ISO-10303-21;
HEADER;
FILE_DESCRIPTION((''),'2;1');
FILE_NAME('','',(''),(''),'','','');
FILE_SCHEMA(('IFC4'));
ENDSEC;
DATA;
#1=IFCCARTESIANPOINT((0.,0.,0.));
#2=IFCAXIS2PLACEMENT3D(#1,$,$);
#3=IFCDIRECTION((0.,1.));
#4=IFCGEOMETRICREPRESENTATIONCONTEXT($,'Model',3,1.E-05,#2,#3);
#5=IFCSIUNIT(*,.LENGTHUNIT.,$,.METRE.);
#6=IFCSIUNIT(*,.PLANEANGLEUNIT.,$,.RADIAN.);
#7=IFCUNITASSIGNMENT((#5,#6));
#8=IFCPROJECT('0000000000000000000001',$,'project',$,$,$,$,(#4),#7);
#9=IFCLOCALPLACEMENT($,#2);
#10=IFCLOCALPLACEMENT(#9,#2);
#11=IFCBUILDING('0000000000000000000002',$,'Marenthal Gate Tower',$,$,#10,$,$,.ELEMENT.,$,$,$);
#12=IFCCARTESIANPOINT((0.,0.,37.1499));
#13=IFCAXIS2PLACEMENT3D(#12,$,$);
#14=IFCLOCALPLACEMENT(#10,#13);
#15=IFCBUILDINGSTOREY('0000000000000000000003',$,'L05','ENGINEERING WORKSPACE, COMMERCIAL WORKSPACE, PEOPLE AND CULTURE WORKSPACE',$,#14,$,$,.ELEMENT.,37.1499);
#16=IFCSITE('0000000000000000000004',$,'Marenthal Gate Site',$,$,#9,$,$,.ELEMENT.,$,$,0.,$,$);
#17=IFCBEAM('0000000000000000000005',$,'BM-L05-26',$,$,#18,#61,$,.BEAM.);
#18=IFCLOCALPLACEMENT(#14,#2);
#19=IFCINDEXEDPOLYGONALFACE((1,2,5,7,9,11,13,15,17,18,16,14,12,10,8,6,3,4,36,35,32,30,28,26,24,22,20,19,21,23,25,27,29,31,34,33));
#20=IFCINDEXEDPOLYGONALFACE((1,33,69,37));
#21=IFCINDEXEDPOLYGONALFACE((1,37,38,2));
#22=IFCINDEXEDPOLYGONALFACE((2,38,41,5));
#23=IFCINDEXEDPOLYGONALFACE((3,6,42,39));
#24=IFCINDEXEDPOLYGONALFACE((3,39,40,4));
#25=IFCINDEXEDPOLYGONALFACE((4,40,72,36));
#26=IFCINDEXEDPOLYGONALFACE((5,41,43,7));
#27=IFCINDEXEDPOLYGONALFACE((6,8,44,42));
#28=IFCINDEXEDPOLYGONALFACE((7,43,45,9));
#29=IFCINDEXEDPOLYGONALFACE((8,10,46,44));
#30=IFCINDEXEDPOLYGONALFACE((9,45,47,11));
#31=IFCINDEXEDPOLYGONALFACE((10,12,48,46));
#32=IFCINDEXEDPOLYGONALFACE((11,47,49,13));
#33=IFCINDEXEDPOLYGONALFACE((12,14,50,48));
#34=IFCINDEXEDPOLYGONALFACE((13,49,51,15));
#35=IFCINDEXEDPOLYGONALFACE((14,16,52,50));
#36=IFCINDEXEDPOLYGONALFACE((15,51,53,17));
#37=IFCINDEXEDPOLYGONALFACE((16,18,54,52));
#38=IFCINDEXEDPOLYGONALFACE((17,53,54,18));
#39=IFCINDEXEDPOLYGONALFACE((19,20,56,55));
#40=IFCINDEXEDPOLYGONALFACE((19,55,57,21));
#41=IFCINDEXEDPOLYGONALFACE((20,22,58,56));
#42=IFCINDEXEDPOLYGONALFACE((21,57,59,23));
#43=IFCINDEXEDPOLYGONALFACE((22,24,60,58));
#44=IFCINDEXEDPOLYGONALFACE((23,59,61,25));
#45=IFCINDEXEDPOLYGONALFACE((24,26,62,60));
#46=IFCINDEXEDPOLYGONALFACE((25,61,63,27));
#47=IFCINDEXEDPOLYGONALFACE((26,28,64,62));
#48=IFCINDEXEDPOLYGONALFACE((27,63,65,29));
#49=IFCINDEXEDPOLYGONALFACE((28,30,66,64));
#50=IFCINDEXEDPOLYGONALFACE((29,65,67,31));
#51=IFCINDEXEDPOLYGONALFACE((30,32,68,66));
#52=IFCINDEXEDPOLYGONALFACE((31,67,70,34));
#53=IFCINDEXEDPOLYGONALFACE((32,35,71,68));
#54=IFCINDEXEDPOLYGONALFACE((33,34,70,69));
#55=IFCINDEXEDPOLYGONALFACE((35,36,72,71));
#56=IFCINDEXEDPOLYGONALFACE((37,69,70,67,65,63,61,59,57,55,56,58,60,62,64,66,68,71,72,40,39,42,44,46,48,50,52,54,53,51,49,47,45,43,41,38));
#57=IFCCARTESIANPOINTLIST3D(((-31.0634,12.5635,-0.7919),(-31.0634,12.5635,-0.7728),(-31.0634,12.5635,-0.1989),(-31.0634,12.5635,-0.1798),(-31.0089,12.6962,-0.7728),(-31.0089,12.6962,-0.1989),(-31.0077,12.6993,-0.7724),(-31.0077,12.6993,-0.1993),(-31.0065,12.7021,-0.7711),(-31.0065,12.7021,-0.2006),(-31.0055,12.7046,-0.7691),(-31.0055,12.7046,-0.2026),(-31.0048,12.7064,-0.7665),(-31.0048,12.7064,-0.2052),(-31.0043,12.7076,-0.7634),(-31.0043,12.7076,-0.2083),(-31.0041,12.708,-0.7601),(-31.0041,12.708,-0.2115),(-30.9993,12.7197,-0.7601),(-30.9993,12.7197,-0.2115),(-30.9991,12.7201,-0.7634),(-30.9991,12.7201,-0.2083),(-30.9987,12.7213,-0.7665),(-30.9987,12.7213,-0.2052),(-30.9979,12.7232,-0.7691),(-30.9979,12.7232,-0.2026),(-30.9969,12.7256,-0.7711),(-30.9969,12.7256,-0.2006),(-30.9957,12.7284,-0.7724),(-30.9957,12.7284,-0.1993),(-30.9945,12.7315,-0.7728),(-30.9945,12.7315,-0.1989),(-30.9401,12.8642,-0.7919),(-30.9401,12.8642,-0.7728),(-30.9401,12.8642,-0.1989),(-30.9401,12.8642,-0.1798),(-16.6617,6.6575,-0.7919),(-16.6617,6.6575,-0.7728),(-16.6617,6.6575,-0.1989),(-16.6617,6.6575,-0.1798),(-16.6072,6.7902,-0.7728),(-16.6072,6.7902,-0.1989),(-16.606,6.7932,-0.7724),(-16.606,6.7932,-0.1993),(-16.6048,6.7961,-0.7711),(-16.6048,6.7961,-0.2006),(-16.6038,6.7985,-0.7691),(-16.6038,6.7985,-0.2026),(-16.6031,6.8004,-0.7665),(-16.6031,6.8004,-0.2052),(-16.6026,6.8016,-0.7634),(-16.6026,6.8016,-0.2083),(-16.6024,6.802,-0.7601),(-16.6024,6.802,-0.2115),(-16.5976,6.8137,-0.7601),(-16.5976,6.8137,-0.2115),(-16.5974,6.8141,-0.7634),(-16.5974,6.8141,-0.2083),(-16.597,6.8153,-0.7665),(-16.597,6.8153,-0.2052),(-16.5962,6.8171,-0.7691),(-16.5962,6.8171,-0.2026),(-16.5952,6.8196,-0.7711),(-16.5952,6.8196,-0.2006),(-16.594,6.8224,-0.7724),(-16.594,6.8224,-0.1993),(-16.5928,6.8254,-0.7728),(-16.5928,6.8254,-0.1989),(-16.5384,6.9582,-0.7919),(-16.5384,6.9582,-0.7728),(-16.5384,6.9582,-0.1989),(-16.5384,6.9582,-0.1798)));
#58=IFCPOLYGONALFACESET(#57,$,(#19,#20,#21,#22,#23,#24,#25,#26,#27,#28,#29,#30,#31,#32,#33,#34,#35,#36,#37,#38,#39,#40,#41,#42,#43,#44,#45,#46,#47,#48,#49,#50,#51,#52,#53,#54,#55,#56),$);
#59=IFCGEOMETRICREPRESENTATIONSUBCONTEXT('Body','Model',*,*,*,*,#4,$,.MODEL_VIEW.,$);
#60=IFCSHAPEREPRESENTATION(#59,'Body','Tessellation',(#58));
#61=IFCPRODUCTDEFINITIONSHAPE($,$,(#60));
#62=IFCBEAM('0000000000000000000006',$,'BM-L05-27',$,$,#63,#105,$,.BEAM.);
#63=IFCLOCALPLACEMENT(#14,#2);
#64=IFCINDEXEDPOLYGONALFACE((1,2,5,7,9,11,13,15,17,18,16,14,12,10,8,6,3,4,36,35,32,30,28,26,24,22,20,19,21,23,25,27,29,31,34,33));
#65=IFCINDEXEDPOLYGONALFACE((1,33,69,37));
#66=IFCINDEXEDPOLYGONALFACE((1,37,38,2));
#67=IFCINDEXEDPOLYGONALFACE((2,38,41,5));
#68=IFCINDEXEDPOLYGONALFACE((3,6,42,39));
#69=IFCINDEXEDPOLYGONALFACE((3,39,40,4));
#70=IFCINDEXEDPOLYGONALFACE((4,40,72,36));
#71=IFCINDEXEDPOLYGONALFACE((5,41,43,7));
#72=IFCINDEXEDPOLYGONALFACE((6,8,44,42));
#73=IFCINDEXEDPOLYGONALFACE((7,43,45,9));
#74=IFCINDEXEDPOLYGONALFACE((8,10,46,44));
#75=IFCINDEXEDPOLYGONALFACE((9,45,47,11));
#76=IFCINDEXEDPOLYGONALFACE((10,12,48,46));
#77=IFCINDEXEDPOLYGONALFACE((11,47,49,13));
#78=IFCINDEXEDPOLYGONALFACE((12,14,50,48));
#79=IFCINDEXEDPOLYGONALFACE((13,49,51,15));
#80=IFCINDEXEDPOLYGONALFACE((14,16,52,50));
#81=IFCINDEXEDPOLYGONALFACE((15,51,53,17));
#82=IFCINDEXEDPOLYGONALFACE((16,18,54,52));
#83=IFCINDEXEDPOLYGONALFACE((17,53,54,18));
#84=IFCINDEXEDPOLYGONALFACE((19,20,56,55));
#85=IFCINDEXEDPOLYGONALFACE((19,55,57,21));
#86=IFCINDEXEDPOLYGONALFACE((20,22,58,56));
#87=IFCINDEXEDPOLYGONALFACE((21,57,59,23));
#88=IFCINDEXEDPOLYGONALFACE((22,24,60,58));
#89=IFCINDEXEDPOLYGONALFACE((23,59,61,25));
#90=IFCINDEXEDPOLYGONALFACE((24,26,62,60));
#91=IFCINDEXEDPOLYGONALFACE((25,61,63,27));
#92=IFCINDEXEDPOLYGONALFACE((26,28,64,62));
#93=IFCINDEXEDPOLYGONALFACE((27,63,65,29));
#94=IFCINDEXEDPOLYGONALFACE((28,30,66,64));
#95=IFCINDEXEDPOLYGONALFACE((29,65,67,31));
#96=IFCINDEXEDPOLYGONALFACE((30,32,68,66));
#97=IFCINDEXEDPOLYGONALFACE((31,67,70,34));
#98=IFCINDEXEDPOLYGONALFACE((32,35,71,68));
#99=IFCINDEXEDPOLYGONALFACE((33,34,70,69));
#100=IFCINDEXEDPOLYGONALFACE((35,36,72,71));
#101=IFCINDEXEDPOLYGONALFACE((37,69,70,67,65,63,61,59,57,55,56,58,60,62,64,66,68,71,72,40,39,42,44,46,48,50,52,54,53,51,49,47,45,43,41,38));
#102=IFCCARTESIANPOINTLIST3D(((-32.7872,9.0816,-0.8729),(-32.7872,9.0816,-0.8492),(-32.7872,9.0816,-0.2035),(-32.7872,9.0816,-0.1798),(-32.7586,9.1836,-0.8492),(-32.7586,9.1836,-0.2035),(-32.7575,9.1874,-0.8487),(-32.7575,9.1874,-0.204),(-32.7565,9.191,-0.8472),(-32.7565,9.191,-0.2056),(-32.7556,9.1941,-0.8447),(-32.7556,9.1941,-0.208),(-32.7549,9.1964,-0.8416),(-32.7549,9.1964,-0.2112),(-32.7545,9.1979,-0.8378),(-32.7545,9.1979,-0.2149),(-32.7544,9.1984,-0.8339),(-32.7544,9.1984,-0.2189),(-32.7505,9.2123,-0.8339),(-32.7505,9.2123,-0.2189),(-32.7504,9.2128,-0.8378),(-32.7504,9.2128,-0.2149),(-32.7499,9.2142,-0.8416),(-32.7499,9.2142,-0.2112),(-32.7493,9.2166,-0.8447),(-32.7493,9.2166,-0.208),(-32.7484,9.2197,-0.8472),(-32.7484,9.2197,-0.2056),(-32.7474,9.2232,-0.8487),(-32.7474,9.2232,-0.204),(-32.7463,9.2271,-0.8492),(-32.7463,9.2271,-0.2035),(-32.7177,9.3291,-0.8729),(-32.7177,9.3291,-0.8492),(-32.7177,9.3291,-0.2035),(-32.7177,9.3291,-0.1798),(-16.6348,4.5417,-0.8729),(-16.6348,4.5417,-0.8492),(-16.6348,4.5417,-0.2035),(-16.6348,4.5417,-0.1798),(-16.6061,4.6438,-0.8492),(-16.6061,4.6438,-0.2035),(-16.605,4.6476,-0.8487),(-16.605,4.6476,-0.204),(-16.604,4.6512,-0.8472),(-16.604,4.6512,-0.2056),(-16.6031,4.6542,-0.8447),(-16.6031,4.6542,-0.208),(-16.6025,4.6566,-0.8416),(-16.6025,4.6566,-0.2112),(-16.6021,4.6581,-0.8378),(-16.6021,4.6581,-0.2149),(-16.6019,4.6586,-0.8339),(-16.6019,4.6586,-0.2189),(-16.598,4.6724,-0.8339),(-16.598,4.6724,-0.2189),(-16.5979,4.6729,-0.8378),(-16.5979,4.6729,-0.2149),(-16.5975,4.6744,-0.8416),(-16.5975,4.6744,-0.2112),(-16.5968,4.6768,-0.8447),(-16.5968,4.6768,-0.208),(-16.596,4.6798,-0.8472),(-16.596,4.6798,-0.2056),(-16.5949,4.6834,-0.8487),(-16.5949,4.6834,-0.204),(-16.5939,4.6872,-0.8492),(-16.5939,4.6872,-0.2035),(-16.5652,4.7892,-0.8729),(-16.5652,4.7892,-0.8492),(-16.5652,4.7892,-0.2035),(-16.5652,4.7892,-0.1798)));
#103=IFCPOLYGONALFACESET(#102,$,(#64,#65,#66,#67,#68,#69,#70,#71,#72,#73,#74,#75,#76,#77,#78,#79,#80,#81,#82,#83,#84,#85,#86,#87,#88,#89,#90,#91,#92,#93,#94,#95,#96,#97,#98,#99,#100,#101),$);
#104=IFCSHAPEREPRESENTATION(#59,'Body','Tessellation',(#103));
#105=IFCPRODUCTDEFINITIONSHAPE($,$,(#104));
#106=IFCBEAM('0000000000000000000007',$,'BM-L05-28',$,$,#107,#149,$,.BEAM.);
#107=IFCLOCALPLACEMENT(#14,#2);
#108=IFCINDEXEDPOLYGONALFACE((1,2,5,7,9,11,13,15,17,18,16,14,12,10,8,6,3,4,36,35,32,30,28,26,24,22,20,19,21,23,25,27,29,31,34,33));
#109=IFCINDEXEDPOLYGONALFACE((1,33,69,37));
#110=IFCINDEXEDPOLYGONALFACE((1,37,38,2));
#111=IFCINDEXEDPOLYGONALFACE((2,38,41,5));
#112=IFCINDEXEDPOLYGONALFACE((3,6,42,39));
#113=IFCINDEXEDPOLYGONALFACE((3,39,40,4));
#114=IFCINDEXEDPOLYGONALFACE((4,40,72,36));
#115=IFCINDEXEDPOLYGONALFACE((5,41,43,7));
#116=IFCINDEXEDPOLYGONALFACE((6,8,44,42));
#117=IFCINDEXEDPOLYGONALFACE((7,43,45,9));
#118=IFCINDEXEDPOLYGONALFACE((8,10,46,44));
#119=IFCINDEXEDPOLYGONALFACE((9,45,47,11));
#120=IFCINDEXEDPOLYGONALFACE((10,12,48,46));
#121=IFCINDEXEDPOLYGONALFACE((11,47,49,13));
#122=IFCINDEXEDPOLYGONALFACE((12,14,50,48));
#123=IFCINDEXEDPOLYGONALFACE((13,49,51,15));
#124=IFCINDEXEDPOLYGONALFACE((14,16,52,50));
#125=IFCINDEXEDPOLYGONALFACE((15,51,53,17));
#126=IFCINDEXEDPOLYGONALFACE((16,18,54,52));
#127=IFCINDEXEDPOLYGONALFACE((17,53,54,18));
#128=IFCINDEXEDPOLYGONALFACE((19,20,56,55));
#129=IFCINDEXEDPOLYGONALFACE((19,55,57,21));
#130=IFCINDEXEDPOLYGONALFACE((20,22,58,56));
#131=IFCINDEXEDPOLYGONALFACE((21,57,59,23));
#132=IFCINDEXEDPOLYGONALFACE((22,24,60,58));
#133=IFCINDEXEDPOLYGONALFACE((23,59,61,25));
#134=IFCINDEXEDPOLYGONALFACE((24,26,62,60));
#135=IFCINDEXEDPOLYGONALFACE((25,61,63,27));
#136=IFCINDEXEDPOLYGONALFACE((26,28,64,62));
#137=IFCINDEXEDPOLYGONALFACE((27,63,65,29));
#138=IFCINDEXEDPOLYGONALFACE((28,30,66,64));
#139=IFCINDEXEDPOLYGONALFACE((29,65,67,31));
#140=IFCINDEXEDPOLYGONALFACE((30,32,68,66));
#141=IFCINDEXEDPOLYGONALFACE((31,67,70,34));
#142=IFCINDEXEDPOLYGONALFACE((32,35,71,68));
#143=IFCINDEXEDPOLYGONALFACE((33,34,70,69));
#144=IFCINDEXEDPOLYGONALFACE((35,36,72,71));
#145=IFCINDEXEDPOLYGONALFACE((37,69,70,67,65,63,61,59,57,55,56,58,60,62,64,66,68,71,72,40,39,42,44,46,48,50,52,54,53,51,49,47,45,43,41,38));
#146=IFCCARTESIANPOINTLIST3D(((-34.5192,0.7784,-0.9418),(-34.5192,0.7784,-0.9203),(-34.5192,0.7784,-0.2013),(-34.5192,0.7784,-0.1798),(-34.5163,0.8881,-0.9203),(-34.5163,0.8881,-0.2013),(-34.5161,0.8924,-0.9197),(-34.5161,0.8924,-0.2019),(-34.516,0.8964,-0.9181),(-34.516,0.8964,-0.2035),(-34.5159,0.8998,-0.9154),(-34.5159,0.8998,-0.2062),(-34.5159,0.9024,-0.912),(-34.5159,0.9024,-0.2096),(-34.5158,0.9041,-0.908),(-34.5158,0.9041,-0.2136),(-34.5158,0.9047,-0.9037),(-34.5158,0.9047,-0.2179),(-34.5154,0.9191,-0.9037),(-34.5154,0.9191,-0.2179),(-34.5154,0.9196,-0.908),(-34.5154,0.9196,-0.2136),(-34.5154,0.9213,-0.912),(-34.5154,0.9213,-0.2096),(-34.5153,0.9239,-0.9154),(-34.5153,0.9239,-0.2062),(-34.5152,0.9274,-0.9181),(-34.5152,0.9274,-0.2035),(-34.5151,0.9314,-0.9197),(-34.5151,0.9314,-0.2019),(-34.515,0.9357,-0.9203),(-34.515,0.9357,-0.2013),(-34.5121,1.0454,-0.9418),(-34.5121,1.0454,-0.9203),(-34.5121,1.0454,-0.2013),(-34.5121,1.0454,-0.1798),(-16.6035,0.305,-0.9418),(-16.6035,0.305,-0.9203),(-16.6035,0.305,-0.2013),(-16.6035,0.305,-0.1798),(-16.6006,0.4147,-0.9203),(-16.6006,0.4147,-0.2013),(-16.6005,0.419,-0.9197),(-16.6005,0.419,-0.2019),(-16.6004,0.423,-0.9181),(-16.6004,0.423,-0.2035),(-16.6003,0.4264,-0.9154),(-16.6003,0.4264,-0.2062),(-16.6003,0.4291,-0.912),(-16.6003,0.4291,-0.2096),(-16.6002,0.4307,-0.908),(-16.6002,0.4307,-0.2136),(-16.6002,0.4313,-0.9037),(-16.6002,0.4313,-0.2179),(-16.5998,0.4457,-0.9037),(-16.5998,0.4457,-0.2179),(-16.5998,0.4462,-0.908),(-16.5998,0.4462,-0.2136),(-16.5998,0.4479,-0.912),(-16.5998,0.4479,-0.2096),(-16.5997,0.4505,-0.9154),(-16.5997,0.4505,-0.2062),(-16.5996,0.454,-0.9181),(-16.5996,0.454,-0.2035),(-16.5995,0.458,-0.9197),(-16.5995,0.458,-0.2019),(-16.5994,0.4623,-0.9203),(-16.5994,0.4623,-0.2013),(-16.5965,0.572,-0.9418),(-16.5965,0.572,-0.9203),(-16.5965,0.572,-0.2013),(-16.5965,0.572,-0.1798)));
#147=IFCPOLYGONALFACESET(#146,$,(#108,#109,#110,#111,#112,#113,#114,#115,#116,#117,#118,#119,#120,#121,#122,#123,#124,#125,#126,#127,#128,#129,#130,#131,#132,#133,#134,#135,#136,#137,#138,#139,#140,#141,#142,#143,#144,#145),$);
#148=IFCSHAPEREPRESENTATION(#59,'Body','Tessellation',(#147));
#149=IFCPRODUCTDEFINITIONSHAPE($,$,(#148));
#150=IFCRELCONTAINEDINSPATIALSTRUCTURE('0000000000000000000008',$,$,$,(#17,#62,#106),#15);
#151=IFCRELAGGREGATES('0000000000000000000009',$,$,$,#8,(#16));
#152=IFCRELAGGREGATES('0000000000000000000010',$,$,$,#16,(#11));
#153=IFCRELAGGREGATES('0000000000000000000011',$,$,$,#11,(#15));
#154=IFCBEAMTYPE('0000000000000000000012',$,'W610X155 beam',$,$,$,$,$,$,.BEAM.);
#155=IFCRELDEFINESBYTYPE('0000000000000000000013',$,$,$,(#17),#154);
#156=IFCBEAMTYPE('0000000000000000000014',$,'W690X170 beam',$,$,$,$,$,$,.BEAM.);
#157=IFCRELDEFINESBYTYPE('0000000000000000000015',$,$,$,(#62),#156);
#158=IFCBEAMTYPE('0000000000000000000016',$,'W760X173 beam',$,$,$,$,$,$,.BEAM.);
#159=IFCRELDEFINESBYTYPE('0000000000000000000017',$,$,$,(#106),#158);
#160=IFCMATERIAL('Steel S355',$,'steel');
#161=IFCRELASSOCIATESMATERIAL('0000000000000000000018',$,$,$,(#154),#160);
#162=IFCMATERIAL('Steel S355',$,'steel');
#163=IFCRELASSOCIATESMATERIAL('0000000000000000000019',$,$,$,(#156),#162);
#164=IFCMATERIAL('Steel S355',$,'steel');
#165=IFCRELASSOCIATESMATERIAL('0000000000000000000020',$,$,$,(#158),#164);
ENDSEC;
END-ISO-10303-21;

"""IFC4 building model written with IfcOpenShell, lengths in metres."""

from ifc_helpers import new_model, si_unit, direction, frame, origin, origin_2d, place, context, subcontext, project, spatial, i_section, extrude, material, material_profile, profile_set, type_object, element, save


model = new_model("IFC4")

# Units and contexts
model_context = context("Model", 3, precision=1e-05, world=origin(), true_north=direction((0.0, 1.0)))
body_context = subcontext(model_context, "Body", "Model", "MODEL_VIEW")
ifc_project = project(units=[si_unit("LENGTHUNIT", "METRE"), si_unit("PLANEANGLEUNIT", "RADIAN")], contexts=[model_context])

# Site, building, storey
site_placement = place(None, origin())
site = spatial("IfcSite", under=ifc_project, at=site_placement, Name="Marenthal Gate Site", CompositionType="ELEMENT", RefElevation=0.0)
building_placement = place(site_placement, origin())
building = spatial("IfcBuilding", under=site, at=building_placement, Name="Marenthal Gate Tower", CompositionType="ELEMENT")
storey_placement = place(building_placement, frame((0.0, 0.0, 37.1499)))
storey = spatial("IfcBuildingStorey", under=building, at=storey_placement, Name="L05", Description="ENGINEERING WORKSPACE, COMMERCIAL WORKSPACE, PEOPLE AND CULTURE WORKSPACE", CompositionType="ELEMENT", Elevation=37.1499)

# Beams
ifc_material_1 = material(Name="Steel S355", Category="steel")
ifc_material_profile_1 = material_profile(ifc_material_1, i_section(OverallWidth=0.325, OverallDepth=0.6121, WebThickness=0.0127, FlangeThickness=0.019, FilletRadius=0.0127, at=origin_2d()), Name="W610X155")
ifc_profile_set_1 = profile_set([ifc_material_profile_1], Name="Steel S355")
beam_type_1 = type_object("IfcBeamType", Name="W610X155 beam", PredefinedType="BEAM", material=ifc_profile_set_1)
beam_1_placement = place(storey_placement, frame((-31.0017, 12.7139, -0.4858), z_axis=(0.925222, -0.379427, 0.0), x_axis=(0.379427, 0.925222, 0.0)))
element("IfcBeam", 1, at=beam_1_placement, inside=storey, type_object=beam_type_1, Name="BM-L05-26", PredefinedType="BEAM", context=body_context, shape_type="SweptSolid", body=[
    extrude(i_section(OverallWidth=0.325, OverallDepth=0.6121, WebThickness=0.0127, FlangeThickness=0.019, FilletRadius=0.0127, at=origin_2d()), origin(), (0.0, 0.0, 1.0), 15.5657),
])
ifc_material_2 = material(Name="Steel S355", Category="steel")
ifc_material_profile_2 = material_profile(ifc_material_2, i_section(OverallWidth=0.2571, OverallDepth=0.6931, WebThickness=0.0144, FlangeThickness=0.0237, FilletRadius=0.0154, at=origin_2d()), Name="W690X170")
ifc_profile_set_2 = profile_set([ifc_material_profile_2], Name="Steel S355")
beam_type_2 = type_object("IfcBeamType", Name="W690X170 beam", PredefinedType="BEAM", material=ifc_profile_set_2)
beam_2_placement = place(storey_placement, frame((-32.7524, 9.2053, -0.5264), z_axis=(0.962698, -0.270577, 0.0), x_axis=(0.270577, 0.962698, 0.0)))
element("IfcBeam", 2, at=beam_2_placement, inside=storey, type_object=beam_type_2, Name="BM-L05-27", PredefinedType="BEAM", context=body_context, shape_type="SweptSolid", body=[
    extrude(i_section(OverallWidth=0.2571, OverallDepth=0.6931, WebThickness=0.0144, FlangeThickness=0.0237, FilletRadius=0.0154, at=origin_2d()), origin(), (0.0, 0.0, 1.0), 16.7783),
])
ifc_material_3 = material(Name="Steel S355", Category="steel")
ifc_material_profile_3 = material_profile(ifc_material_3, i_section(OverallWidth=0.2671, OverallDepth=0.762, WebThickness=0.0144, FlangeThickness=0.0215, FilletRadius=0.0166, at=origin_2d()), Name="W760X173")
ifc_profile_set_3 = profile_set([ifc_material_profile_3], Name="Steel S355")
beam_type_3 = type_object("IfcBeamType", Name="W760X173 beam", PredefinedType="BEAM", material=ifc_profile_set_3)
beam_3_placement = place(storey_placement, frame((-34.5156, 0.9119, -0.5608), z_axis=(0.999651, -0.026414, 0.0), x_axis=(0.026414, 0.999651, 0.0)))
element("IfcBeam", 3, at=beam_3_placement, inside=storey, type_object=beam_type_3, Name="BM-L05-28", PredefinedType="BEAM", context=body_context, shape_type="SweptSolid", body=[
    extrude(i_section(OverallWidth=0.2671, OverallDepth=0.762, WebThickness=0.0144, FlangeThickness=0.0215, FilletRadius=0.0166, at=origin_2d()), origin(), (0.0, 0.0, 1.0), 17.9219),
])

save(model, "model.ifc")
